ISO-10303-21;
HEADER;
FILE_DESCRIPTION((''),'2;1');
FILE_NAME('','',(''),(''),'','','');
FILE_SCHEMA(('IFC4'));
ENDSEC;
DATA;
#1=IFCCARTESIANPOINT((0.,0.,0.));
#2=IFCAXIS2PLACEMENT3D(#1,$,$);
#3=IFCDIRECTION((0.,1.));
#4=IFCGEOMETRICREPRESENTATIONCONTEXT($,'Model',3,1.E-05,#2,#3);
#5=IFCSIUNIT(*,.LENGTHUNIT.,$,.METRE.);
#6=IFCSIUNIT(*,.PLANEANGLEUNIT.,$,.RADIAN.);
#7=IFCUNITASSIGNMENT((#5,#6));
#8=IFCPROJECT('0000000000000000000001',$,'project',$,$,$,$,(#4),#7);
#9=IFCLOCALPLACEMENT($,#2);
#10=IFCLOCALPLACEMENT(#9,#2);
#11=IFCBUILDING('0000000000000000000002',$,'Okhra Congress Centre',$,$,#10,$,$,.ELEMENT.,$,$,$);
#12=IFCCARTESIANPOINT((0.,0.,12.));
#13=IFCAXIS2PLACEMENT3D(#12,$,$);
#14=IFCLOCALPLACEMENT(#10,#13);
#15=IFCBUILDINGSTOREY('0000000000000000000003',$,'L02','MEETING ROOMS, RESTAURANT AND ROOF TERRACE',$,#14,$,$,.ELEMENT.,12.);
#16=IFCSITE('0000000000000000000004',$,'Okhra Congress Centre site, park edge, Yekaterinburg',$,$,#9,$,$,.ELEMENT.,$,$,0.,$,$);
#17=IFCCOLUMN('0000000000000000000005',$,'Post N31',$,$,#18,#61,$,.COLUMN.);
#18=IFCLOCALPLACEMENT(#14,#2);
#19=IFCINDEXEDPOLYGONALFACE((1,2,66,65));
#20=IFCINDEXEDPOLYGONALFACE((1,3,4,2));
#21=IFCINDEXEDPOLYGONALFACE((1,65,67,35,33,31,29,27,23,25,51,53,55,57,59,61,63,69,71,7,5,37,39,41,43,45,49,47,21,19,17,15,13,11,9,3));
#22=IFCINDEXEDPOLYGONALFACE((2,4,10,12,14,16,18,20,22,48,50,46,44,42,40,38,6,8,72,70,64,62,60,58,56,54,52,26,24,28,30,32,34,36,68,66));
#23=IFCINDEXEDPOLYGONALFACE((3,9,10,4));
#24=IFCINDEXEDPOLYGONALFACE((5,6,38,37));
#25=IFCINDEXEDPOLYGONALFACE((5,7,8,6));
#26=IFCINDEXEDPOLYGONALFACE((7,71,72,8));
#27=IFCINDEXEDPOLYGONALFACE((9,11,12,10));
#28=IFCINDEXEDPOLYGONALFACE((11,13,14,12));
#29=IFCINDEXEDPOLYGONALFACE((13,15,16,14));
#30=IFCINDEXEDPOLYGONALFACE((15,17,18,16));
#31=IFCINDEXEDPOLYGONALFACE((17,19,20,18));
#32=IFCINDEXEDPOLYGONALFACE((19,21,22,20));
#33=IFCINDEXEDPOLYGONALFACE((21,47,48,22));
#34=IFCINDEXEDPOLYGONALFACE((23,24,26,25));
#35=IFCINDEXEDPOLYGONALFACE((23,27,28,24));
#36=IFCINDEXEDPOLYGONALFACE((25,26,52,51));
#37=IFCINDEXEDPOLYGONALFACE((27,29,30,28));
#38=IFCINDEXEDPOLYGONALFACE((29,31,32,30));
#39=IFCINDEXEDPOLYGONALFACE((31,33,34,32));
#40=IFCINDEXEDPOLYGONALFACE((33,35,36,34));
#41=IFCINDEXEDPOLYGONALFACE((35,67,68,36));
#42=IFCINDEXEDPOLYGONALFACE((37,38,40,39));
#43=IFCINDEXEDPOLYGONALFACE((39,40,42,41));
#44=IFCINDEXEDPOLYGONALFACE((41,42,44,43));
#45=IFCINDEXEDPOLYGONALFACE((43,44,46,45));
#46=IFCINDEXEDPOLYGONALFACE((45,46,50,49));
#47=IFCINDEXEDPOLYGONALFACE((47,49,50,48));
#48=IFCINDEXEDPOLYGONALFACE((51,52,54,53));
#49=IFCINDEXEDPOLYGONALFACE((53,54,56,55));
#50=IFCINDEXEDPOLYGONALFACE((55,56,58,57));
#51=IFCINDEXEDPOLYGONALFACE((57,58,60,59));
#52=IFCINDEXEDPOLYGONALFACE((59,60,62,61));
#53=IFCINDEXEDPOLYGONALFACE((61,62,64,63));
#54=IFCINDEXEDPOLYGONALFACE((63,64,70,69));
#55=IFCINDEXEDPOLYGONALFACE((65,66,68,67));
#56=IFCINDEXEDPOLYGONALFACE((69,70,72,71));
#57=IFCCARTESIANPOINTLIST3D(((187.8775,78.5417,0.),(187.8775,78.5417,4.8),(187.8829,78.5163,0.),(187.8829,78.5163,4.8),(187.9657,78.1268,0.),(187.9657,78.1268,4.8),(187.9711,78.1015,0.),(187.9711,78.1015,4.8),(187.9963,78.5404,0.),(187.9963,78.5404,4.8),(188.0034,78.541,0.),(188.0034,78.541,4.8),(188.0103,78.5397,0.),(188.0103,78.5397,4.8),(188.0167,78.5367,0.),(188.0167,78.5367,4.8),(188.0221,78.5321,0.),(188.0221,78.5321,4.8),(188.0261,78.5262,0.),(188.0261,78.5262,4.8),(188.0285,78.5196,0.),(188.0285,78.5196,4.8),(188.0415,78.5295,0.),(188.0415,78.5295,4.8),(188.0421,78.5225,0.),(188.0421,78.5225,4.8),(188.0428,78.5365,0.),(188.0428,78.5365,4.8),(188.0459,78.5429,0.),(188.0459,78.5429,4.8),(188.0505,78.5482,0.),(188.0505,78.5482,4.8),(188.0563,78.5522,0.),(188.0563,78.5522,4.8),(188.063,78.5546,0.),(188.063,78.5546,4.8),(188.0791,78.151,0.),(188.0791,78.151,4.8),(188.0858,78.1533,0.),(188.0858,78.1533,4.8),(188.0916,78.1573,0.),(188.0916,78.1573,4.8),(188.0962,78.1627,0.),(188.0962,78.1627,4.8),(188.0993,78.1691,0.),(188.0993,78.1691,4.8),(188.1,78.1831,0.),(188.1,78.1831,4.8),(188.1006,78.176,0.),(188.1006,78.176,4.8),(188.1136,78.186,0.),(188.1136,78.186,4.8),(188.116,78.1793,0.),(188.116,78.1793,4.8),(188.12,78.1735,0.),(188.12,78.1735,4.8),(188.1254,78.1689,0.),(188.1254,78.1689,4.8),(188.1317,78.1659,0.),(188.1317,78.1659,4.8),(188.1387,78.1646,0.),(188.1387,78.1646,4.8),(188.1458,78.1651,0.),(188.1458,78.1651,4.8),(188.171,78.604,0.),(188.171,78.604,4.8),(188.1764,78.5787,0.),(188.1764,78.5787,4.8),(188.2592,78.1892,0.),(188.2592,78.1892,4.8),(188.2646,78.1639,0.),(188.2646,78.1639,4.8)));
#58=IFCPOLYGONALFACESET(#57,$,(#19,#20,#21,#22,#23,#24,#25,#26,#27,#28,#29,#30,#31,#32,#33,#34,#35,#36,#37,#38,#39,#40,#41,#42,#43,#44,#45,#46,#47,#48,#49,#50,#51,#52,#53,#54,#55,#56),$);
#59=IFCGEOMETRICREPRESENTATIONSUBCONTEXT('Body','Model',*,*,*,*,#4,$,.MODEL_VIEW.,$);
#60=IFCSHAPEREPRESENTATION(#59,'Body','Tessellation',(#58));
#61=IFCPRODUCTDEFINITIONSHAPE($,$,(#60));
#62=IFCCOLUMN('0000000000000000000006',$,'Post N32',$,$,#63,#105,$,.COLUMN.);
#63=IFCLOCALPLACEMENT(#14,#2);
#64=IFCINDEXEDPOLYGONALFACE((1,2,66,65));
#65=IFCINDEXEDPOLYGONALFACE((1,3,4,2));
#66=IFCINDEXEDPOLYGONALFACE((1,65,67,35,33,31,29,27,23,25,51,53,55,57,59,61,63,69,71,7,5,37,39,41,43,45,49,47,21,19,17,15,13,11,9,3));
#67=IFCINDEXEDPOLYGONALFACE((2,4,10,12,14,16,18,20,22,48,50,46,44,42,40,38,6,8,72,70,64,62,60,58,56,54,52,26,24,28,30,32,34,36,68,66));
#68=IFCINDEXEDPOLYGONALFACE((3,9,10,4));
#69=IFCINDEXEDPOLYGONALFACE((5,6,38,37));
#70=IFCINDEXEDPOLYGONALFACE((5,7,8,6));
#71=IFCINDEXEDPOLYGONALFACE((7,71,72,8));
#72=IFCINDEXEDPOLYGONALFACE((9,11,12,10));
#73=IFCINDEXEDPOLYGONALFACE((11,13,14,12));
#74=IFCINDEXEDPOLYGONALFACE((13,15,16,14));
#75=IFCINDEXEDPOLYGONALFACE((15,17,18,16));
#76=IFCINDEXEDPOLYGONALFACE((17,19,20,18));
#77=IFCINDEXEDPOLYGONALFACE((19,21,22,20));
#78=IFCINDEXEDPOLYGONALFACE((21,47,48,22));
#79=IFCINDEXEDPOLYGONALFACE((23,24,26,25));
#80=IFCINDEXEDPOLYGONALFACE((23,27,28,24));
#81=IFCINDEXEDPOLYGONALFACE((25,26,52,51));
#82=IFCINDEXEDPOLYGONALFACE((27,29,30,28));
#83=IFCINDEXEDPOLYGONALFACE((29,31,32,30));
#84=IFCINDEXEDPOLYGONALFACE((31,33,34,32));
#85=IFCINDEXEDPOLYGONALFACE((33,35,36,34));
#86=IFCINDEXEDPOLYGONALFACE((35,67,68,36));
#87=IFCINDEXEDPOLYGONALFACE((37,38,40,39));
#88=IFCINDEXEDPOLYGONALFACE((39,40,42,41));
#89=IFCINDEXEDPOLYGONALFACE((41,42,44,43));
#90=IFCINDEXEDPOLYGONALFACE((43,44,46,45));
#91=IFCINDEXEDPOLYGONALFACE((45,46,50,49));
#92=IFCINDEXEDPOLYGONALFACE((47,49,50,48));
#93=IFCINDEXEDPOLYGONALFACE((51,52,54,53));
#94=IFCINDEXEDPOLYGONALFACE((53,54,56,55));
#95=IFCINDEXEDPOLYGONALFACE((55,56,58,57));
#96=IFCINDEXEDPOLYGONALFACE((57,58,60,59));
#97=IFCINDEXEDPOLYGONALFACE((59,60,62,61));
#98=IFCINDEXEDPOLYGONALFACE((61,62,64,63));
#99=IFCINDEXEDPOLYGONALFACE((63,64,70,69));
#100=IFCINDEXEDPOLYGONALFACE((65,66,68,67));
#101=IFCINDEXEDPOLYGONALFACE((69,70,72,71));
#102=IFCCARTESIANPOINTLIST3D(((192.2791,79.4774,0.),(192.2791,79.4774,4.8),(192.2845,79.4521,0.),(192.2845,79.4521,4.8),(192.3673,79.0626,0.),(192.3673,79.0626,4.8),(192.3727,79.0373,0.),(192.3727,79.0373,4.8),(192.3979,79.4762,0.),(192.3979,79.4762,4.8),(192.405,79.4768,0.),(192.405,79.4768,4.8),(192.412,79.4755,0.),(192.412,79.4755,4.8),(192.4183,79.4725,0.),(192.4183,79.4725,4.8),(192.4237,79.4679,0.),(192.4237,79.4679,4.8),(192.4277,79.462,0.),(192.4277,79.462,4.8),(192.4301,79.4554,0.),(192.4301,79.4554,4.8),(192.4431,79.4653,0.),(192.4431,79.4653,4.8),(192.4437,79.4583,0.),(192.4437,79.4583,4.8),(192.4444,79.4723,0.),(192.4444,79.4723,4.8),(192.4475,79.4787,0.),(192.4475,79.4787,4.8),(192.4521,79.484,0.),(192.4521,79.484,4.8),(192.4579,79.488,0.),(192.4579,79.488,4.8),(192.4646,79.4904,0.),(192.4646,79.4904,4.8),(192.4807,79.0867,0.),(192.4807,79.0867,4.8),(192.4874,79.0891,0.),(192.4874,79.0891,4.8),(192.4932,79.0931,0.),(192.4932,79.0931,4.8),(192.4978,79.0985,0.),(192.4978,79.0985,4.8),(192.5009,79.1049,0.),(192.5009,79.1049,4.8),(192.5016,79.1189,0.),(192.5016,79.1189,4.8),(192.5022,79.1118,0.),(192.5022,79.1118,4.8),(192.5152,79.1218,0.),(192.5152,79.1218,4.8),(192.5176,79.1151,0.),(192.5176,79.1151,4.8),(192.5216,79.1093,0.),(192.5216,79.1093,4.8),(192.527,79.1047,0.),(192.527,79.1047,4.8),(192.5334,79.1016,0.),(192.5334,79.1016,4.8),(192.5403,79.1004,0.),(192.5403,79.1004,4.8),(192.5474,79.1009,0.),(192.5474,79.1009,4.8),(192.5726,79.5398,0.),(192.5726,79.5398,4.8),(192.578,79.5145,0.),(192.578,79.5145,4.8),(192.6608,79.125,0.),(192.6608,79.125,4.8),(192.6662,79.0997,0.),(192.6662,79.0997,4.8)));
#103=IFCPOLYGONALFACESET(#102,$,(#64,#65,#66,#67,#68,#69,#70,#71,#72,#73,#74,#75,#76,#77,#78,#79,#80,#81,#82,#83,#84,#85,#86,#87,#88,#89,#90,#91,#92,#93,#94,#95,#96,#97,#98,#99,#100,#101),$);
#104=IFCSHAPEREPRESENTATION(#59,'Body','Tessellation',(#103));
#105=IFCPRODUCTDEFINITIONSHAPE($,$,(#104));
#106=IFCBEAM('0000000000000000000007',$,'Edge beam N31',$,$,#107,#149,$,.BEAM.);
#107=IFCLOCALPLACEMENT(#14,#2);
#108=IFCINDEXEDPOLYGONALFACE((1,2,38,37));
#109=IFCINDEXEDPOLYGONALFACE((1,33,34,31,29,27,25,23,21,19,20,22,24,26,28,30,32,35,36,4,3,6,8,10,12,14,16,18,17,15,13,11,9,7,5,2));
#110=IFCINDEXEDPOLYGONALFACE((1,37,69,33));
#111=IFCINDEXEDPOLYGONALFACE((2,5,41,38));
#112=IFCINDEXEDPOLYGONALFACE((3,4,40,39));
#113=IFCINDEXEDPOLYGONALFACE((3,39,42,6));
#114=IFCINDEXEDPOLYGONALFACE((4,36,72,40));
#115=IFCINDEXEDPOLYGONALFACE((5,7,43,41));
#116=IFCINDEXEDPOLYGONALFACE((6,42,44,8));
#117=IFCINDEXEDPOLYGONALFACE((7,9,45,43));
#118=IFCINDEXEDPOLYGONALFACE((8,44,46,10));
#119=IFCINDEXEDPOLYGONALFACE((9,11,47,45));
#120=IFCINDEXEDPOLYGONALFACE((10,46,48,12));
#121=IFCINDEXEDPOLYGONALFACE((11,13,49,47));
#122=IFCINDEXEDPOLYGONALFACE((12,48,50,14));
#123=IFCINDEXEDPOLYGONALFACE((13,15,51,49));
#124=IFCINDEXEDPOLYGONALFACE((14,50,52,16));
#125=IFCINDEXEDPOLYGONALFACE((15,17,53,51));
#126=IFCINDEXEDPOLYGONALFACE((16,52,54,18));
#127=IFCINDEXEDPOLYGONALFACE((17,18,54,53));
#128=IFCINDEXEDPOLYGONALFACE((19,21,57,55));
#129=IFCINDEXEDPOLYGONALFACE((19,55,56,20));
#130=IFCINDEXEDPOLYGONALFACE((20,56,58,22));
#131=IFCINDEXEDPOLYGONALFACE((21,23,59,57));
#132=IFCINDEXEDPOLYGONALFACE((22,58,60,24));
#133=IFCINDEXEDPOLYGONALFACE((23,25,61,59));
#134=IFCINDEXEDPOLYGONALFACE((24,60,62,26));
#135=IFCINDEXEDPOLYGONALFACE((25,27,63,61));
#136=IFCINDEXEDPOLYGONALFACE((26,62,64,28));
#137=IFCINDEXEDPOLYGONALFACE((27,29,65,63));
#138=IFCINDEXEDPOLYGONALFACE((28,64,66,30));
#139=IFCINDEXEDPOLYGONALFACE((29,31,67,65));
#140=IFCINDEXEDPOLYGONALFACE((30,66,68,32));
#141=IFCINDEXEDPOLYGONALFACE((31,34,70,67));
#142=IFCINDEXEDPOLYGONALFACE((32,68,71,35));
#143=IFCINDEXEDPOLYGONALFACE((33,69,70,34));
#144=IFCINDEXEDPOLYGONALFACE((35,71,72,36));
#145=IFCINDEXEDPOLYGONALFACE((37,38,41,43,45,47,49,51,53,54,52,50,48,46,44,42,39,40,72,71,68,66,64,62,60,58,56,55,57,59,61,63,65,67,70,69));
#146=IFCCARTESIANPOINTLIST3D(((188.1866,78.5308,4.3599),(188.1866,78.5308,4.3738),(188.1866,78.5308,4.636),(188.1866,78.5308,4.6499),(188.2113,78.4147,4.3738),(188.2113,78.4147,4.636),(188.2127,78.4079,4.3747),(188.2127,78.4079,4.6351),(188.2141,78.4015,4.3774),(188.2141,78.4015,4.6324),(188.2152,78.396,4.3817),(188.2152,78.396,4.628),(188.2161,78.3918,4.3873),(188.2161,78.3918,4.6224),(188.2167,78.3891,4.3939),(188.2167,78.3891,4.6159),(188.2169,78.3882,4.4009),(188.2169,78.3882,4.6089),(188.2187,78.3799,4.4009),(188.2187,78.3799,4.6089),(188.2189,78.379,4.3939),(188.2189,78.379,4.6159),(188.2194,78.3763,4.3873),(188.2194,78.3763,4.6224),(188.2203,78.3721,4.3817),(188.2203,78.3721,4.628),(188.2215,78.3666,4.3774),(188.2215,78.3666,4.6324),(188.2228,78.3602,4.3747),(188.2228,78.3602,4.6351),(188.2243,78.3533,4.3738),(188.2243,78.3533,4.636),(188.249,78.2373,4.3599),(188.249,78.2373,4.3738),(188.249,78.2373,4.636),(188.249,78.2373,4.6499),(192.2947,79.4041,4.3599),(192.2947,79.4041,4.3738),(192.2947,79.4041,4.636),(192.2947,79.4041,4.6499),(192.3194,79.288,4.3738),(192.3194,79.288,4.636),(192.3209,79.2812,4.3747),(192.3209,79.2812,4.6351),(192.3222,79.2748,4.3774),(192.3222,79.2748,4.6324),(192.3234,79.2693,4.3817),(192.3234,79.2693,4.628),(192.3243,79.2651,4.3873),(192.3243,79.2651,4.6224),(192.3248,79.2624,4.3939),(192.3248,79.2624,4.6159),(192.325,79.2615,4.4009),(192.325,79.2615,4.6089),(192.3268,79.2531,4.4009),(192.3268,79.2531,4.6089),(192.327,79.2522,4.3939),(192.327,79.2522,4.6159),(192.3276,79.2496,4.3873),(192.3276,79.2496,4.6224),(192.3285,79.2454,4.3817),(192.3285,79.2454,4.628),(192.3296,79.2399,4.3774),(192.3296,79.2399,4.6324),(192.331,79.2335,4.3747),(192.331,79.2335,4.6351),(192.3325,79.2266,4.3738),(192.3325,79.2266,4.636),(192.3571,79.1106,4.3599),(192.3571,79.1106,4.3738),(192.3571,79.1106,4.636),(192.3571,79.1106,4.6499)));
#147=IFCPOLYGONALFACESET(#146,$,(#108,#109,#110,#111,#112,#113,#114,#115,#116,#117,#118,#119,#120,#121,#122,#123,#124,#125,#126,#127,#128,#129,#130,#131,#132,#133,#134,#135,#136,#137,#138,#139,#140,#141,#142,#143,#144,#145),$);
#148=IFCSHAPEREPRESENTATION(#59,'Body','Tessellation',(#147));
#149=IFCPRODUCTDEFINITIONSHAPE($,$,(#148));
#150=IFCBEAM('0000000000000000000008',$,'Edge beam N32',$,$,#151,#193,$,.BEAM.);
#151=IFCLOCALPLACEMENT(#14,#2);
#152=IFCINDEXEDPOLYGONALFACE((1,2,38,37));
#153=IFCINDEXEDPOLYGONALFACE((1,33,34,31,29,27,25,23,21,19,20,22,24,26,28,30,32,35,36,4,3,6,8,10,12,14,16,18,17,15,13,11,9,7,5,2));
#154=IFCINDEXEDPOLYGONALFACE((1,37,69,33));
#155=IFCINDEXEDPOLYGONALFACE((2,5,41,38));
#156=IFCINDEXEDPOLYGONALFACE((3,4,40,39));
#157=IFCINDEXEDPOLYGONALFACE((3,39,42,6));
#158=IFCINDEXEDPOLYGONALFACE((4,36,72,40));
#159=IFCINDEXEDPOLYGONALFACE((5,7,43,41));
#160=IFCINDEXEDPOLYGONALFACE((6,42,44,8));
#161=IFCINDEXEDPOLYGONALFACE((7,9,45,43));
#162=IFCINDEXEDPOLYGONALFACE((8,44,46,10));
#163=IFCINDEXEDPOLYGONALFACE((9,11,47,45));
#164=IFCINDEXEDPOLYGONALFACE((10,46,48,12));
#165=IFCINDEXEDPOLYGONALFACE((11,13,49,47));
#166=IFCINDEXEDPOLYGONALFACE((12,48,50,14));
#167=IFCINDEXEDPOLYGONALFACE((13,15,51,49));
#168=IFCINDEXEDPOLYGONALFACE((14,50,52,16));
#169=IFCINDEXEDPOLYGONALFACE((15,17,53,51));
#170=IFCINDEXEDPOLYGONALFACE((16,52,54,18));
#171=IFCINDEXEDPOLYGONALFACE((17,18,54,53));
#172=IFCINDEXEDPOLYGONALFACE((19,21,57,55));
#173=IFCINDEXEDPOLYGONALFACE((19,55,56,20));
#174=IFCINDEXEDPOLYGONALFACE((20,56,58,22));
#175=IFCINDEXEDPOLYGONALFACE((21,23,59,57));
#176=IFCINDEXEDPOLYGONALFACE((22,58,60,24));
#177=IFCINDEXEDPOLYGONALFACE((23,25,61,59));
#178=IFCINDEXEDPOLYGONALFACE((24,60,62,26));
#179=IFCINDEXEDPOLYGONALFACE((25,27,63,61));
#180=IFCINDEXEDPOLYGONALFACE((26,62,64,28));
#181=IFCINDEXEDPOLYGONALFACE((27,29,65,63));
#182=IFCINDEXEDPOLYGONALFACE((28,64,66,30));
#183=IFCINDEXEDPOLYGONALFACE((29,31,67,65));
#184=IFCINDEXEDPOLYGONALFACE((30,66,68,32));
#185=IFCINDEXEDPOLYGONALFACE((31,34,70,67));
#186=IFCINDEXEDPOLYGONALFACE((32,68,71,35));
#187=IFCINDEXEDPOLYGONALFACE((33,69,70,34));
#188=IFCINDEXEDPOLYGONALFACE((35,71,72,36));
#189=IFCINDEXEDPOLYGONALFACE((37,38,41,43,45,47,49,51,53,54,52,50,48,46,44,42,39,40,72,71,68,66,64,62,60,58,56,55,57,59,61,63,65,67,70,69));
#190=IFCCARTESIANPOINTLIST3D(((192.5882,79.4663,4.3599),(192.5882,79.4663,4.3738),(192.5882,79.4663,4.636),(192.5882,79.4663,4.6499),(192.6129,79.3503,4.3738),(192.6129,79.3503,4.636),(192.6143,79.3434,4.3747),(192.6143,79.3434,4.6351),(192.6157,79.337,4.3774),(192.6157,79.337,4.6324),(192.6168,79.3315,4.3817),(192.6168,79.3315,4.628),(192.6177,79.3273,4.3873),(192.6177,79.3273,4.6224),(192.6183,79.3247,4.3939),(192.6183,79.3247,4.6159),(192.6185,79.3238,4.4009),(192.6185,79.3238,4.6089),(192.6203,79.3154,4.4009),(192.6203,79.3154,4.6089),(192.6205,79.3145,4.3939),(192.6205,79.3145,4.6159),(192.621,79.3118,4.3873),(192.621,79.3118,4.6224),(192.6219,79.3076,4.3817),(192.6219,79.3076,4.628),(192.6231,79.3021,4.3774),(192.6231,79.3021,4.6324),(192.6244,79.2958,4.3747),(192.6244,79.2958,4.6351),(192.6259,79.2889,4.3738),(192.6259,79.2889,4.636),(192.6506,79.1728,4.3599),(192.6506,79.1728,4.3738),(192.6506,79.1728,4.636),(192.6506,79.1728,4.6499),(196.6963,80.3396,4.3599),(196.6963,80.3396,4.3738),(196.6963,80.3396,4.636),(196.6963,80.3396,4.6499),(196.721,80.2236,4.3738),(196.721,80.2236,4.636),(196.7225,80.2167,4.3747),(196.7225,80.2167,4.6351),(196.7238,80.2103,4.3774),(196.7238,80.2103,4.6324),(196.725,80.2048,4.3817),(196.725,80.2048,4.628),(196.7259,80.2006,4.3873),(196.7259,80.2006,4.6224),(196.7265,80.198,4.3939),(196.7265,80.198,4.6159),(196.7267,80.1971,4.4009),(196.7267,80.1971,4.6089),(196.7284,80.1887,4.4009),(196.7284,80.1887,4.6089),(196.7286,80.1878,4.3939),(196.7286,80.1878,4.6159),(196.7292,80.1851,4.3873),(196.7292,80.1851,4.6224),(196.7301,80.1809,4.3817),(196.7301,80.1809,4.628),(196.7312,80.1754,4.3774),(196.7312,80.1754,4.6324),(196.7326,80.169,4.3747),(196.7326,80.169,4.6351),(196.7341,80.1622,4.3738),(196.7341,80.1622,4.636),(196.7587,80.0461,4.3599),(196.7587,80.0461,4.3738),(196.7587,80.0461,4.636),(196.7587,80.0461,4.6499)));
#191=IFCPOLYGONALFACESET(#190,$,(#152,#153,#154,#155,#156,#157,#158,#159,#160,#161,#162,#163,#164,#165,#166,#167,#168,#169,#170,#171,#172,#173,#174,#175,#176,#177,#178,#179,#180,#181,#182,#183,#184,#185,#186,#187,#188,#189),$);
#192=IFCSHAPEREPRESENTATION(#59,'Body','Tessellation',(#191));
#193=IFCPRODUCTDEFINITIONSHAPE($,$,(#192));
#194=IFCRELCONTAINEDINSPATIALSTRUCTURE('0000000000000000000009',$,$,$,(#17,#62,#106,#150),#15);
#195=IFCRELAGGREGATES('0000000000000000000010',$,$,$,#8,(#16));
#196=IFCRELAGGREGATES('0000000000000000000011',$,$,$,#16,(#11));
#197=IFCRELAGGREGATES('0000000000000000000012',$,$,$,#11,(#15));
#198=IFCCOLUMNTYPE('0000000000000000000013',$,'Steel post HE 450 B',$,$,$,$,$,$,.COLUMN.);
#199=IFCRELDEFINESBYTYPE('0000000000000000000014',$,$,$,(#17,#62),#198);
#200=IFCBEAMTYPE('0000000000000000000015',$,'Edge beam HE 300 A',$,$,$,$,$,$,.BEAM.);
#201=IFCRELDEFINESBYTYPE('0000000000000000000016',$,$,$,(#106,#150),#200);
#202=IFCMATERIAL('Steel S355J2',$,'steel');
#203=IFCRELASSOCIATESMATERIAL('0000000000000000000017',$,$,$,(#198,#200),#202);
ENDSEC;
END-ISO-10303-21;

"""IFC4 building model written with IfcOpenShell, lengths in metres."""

from ifc_helpers import new_model, si_unit, direction, frame, origin, origin_2d, place, context, subcontext, project, spatial, i_section, extrude, material, material_profile, profile_set, type_object, element, save


model = new_model("IFC4")

# Units and contexts
model_context = context("Model", 3, precision=1e-05, world=origin(), true_north=direction((0.0, 1.0)))
body_context = subcontext(model_context, "Body", "Model", "MODEL_VIEW")
ifc_project = project(units=[si_unit("LENGTHUNIT", "METRE"), si_unit("PLANEANGLEUNIT", "RADIAN")], contexts=[model_context])

# Site, building, storey
site_placement = place(None, origin())
site = spatial("IfcSite", under=ifc_project, at=site_placement, Name="Okhra Congress Centre site, park edge, Yekaterinburg", CompositionType="ELEMENT", RefElevation=0.0)
building_placement = place(site_placement, origin())
building = spatial("IfcBuilding", under=site, at=building_placement, Name="Okhra Congress Centre", CompositionType="ELEMENT")
storey_placement = place(building_placement, frame((0.0, 0.0, 12.0)))
storey = spatial("IfcBuildingStorey", under=building, at=storey_placement, Name="L02", Description="MEETING ROOMS, RESTAURANT AND ROOF TERRACE", CompositionType="ELEMENT", Elevation=12.0)

# Columns
ifc_material_1 = material(Name="Steel S355J2", Category="steel")
ifc_material_profile_1 = material_profile(ifc_material_1, i_section(OverallWidth=0.3, OverallDepth=0.45, WebThickness=0.0139, FlangeThickness=0.0259, FilletRadius=0.0271, at=origin_2d()), Name="HE 450 B")
ifc_profile_set_1 = profile_set([ifc_material_profile_1], Name="Steel S355J2")
column_type = type_object("IfcColumnType", Name="Steel post HE 450 B", PredefinedType="COLUMN", material=ifc_profile_set_1)
for number, where, z_axis, x_axis, name in (
    (1, (188.071, 78.3528, 0.0), (0.0, 0.0, 1.0), (0.978148, 0.207912, 0.0), "Post N31"),
    (2, (192.4727, 79.2886, 0.0), (0.0, 0.0, 1.0), (0.978148, 0.207912, 0.0), "Post N32"),
):
    element("IfcColumn", number, at=place(storey_placement, frame(where, z_axis=z_axis, x_axis=x_axis)), inside=storey, type_object=column_type, Name=name, PredefinedType="COLUMN", context=body_context, shape_type="SweptSolid", body=[
        extrude(i_section(OverallWidth=0.3, OverallDepth=0.45, WebThickness=0.0139, FlangeThickness=0.0259, FilletRadius=0.0271, at=origin_2d()), origin(), (0.0, 0.0, 1.0), 4.8),
    ])

# Beams
ifc_material_profile_2 = material_profile(ifc_material_1, i_section(OverallWidth=0.3, OverallDepth=0.29, WebThickness=0.0085, FlangeThickness=0.0139, FilletRadius=0.0271, at=origin_2d()), Name="HE 300 A")
ifc_profile_set_2 = profile_set([ifc_material_profile_2], Name="Steel S355J2")
beam_type = type_object("IfcBeamType", Name="Edge beam HE 300 A", PredefinedType="BEAM", material=ifc_profile_set_2)
for number, where, z_axis, x_axis, name in (
    (3, (188.2178, 78.384, 4.5049), (0.978144, 0.207929, 0.0), (-0.207929, 0.978144, 0.0), "Edge beam N31"),
    (4, (192.6194, 79.3196, 4.5049), (0.978144, 0.207929, 0.0), (-0.207929, 0.978144, 0.0), "Edge beam N32"),
):
    element("IfcBeam", number, at=place(storey_placement, frame(where, z_axis=z_axis, x_axis=x_axis)), inside=storey, type_object=beam_type, Name=name, PredefinedType="BEAM", context=body_context, shape_type="SweptSolid", body=[
        extrude(i_section(OverallWidth=0.3, OverallDepth=0.29, WebThickness=0.0085, FlangeThickness=0.0139, FilletRadius=0.0271, at=origin_2d()), origin(), (0.0, 0.0, 1.0), 4.2),
    ])

save(model, "model.ifc")
